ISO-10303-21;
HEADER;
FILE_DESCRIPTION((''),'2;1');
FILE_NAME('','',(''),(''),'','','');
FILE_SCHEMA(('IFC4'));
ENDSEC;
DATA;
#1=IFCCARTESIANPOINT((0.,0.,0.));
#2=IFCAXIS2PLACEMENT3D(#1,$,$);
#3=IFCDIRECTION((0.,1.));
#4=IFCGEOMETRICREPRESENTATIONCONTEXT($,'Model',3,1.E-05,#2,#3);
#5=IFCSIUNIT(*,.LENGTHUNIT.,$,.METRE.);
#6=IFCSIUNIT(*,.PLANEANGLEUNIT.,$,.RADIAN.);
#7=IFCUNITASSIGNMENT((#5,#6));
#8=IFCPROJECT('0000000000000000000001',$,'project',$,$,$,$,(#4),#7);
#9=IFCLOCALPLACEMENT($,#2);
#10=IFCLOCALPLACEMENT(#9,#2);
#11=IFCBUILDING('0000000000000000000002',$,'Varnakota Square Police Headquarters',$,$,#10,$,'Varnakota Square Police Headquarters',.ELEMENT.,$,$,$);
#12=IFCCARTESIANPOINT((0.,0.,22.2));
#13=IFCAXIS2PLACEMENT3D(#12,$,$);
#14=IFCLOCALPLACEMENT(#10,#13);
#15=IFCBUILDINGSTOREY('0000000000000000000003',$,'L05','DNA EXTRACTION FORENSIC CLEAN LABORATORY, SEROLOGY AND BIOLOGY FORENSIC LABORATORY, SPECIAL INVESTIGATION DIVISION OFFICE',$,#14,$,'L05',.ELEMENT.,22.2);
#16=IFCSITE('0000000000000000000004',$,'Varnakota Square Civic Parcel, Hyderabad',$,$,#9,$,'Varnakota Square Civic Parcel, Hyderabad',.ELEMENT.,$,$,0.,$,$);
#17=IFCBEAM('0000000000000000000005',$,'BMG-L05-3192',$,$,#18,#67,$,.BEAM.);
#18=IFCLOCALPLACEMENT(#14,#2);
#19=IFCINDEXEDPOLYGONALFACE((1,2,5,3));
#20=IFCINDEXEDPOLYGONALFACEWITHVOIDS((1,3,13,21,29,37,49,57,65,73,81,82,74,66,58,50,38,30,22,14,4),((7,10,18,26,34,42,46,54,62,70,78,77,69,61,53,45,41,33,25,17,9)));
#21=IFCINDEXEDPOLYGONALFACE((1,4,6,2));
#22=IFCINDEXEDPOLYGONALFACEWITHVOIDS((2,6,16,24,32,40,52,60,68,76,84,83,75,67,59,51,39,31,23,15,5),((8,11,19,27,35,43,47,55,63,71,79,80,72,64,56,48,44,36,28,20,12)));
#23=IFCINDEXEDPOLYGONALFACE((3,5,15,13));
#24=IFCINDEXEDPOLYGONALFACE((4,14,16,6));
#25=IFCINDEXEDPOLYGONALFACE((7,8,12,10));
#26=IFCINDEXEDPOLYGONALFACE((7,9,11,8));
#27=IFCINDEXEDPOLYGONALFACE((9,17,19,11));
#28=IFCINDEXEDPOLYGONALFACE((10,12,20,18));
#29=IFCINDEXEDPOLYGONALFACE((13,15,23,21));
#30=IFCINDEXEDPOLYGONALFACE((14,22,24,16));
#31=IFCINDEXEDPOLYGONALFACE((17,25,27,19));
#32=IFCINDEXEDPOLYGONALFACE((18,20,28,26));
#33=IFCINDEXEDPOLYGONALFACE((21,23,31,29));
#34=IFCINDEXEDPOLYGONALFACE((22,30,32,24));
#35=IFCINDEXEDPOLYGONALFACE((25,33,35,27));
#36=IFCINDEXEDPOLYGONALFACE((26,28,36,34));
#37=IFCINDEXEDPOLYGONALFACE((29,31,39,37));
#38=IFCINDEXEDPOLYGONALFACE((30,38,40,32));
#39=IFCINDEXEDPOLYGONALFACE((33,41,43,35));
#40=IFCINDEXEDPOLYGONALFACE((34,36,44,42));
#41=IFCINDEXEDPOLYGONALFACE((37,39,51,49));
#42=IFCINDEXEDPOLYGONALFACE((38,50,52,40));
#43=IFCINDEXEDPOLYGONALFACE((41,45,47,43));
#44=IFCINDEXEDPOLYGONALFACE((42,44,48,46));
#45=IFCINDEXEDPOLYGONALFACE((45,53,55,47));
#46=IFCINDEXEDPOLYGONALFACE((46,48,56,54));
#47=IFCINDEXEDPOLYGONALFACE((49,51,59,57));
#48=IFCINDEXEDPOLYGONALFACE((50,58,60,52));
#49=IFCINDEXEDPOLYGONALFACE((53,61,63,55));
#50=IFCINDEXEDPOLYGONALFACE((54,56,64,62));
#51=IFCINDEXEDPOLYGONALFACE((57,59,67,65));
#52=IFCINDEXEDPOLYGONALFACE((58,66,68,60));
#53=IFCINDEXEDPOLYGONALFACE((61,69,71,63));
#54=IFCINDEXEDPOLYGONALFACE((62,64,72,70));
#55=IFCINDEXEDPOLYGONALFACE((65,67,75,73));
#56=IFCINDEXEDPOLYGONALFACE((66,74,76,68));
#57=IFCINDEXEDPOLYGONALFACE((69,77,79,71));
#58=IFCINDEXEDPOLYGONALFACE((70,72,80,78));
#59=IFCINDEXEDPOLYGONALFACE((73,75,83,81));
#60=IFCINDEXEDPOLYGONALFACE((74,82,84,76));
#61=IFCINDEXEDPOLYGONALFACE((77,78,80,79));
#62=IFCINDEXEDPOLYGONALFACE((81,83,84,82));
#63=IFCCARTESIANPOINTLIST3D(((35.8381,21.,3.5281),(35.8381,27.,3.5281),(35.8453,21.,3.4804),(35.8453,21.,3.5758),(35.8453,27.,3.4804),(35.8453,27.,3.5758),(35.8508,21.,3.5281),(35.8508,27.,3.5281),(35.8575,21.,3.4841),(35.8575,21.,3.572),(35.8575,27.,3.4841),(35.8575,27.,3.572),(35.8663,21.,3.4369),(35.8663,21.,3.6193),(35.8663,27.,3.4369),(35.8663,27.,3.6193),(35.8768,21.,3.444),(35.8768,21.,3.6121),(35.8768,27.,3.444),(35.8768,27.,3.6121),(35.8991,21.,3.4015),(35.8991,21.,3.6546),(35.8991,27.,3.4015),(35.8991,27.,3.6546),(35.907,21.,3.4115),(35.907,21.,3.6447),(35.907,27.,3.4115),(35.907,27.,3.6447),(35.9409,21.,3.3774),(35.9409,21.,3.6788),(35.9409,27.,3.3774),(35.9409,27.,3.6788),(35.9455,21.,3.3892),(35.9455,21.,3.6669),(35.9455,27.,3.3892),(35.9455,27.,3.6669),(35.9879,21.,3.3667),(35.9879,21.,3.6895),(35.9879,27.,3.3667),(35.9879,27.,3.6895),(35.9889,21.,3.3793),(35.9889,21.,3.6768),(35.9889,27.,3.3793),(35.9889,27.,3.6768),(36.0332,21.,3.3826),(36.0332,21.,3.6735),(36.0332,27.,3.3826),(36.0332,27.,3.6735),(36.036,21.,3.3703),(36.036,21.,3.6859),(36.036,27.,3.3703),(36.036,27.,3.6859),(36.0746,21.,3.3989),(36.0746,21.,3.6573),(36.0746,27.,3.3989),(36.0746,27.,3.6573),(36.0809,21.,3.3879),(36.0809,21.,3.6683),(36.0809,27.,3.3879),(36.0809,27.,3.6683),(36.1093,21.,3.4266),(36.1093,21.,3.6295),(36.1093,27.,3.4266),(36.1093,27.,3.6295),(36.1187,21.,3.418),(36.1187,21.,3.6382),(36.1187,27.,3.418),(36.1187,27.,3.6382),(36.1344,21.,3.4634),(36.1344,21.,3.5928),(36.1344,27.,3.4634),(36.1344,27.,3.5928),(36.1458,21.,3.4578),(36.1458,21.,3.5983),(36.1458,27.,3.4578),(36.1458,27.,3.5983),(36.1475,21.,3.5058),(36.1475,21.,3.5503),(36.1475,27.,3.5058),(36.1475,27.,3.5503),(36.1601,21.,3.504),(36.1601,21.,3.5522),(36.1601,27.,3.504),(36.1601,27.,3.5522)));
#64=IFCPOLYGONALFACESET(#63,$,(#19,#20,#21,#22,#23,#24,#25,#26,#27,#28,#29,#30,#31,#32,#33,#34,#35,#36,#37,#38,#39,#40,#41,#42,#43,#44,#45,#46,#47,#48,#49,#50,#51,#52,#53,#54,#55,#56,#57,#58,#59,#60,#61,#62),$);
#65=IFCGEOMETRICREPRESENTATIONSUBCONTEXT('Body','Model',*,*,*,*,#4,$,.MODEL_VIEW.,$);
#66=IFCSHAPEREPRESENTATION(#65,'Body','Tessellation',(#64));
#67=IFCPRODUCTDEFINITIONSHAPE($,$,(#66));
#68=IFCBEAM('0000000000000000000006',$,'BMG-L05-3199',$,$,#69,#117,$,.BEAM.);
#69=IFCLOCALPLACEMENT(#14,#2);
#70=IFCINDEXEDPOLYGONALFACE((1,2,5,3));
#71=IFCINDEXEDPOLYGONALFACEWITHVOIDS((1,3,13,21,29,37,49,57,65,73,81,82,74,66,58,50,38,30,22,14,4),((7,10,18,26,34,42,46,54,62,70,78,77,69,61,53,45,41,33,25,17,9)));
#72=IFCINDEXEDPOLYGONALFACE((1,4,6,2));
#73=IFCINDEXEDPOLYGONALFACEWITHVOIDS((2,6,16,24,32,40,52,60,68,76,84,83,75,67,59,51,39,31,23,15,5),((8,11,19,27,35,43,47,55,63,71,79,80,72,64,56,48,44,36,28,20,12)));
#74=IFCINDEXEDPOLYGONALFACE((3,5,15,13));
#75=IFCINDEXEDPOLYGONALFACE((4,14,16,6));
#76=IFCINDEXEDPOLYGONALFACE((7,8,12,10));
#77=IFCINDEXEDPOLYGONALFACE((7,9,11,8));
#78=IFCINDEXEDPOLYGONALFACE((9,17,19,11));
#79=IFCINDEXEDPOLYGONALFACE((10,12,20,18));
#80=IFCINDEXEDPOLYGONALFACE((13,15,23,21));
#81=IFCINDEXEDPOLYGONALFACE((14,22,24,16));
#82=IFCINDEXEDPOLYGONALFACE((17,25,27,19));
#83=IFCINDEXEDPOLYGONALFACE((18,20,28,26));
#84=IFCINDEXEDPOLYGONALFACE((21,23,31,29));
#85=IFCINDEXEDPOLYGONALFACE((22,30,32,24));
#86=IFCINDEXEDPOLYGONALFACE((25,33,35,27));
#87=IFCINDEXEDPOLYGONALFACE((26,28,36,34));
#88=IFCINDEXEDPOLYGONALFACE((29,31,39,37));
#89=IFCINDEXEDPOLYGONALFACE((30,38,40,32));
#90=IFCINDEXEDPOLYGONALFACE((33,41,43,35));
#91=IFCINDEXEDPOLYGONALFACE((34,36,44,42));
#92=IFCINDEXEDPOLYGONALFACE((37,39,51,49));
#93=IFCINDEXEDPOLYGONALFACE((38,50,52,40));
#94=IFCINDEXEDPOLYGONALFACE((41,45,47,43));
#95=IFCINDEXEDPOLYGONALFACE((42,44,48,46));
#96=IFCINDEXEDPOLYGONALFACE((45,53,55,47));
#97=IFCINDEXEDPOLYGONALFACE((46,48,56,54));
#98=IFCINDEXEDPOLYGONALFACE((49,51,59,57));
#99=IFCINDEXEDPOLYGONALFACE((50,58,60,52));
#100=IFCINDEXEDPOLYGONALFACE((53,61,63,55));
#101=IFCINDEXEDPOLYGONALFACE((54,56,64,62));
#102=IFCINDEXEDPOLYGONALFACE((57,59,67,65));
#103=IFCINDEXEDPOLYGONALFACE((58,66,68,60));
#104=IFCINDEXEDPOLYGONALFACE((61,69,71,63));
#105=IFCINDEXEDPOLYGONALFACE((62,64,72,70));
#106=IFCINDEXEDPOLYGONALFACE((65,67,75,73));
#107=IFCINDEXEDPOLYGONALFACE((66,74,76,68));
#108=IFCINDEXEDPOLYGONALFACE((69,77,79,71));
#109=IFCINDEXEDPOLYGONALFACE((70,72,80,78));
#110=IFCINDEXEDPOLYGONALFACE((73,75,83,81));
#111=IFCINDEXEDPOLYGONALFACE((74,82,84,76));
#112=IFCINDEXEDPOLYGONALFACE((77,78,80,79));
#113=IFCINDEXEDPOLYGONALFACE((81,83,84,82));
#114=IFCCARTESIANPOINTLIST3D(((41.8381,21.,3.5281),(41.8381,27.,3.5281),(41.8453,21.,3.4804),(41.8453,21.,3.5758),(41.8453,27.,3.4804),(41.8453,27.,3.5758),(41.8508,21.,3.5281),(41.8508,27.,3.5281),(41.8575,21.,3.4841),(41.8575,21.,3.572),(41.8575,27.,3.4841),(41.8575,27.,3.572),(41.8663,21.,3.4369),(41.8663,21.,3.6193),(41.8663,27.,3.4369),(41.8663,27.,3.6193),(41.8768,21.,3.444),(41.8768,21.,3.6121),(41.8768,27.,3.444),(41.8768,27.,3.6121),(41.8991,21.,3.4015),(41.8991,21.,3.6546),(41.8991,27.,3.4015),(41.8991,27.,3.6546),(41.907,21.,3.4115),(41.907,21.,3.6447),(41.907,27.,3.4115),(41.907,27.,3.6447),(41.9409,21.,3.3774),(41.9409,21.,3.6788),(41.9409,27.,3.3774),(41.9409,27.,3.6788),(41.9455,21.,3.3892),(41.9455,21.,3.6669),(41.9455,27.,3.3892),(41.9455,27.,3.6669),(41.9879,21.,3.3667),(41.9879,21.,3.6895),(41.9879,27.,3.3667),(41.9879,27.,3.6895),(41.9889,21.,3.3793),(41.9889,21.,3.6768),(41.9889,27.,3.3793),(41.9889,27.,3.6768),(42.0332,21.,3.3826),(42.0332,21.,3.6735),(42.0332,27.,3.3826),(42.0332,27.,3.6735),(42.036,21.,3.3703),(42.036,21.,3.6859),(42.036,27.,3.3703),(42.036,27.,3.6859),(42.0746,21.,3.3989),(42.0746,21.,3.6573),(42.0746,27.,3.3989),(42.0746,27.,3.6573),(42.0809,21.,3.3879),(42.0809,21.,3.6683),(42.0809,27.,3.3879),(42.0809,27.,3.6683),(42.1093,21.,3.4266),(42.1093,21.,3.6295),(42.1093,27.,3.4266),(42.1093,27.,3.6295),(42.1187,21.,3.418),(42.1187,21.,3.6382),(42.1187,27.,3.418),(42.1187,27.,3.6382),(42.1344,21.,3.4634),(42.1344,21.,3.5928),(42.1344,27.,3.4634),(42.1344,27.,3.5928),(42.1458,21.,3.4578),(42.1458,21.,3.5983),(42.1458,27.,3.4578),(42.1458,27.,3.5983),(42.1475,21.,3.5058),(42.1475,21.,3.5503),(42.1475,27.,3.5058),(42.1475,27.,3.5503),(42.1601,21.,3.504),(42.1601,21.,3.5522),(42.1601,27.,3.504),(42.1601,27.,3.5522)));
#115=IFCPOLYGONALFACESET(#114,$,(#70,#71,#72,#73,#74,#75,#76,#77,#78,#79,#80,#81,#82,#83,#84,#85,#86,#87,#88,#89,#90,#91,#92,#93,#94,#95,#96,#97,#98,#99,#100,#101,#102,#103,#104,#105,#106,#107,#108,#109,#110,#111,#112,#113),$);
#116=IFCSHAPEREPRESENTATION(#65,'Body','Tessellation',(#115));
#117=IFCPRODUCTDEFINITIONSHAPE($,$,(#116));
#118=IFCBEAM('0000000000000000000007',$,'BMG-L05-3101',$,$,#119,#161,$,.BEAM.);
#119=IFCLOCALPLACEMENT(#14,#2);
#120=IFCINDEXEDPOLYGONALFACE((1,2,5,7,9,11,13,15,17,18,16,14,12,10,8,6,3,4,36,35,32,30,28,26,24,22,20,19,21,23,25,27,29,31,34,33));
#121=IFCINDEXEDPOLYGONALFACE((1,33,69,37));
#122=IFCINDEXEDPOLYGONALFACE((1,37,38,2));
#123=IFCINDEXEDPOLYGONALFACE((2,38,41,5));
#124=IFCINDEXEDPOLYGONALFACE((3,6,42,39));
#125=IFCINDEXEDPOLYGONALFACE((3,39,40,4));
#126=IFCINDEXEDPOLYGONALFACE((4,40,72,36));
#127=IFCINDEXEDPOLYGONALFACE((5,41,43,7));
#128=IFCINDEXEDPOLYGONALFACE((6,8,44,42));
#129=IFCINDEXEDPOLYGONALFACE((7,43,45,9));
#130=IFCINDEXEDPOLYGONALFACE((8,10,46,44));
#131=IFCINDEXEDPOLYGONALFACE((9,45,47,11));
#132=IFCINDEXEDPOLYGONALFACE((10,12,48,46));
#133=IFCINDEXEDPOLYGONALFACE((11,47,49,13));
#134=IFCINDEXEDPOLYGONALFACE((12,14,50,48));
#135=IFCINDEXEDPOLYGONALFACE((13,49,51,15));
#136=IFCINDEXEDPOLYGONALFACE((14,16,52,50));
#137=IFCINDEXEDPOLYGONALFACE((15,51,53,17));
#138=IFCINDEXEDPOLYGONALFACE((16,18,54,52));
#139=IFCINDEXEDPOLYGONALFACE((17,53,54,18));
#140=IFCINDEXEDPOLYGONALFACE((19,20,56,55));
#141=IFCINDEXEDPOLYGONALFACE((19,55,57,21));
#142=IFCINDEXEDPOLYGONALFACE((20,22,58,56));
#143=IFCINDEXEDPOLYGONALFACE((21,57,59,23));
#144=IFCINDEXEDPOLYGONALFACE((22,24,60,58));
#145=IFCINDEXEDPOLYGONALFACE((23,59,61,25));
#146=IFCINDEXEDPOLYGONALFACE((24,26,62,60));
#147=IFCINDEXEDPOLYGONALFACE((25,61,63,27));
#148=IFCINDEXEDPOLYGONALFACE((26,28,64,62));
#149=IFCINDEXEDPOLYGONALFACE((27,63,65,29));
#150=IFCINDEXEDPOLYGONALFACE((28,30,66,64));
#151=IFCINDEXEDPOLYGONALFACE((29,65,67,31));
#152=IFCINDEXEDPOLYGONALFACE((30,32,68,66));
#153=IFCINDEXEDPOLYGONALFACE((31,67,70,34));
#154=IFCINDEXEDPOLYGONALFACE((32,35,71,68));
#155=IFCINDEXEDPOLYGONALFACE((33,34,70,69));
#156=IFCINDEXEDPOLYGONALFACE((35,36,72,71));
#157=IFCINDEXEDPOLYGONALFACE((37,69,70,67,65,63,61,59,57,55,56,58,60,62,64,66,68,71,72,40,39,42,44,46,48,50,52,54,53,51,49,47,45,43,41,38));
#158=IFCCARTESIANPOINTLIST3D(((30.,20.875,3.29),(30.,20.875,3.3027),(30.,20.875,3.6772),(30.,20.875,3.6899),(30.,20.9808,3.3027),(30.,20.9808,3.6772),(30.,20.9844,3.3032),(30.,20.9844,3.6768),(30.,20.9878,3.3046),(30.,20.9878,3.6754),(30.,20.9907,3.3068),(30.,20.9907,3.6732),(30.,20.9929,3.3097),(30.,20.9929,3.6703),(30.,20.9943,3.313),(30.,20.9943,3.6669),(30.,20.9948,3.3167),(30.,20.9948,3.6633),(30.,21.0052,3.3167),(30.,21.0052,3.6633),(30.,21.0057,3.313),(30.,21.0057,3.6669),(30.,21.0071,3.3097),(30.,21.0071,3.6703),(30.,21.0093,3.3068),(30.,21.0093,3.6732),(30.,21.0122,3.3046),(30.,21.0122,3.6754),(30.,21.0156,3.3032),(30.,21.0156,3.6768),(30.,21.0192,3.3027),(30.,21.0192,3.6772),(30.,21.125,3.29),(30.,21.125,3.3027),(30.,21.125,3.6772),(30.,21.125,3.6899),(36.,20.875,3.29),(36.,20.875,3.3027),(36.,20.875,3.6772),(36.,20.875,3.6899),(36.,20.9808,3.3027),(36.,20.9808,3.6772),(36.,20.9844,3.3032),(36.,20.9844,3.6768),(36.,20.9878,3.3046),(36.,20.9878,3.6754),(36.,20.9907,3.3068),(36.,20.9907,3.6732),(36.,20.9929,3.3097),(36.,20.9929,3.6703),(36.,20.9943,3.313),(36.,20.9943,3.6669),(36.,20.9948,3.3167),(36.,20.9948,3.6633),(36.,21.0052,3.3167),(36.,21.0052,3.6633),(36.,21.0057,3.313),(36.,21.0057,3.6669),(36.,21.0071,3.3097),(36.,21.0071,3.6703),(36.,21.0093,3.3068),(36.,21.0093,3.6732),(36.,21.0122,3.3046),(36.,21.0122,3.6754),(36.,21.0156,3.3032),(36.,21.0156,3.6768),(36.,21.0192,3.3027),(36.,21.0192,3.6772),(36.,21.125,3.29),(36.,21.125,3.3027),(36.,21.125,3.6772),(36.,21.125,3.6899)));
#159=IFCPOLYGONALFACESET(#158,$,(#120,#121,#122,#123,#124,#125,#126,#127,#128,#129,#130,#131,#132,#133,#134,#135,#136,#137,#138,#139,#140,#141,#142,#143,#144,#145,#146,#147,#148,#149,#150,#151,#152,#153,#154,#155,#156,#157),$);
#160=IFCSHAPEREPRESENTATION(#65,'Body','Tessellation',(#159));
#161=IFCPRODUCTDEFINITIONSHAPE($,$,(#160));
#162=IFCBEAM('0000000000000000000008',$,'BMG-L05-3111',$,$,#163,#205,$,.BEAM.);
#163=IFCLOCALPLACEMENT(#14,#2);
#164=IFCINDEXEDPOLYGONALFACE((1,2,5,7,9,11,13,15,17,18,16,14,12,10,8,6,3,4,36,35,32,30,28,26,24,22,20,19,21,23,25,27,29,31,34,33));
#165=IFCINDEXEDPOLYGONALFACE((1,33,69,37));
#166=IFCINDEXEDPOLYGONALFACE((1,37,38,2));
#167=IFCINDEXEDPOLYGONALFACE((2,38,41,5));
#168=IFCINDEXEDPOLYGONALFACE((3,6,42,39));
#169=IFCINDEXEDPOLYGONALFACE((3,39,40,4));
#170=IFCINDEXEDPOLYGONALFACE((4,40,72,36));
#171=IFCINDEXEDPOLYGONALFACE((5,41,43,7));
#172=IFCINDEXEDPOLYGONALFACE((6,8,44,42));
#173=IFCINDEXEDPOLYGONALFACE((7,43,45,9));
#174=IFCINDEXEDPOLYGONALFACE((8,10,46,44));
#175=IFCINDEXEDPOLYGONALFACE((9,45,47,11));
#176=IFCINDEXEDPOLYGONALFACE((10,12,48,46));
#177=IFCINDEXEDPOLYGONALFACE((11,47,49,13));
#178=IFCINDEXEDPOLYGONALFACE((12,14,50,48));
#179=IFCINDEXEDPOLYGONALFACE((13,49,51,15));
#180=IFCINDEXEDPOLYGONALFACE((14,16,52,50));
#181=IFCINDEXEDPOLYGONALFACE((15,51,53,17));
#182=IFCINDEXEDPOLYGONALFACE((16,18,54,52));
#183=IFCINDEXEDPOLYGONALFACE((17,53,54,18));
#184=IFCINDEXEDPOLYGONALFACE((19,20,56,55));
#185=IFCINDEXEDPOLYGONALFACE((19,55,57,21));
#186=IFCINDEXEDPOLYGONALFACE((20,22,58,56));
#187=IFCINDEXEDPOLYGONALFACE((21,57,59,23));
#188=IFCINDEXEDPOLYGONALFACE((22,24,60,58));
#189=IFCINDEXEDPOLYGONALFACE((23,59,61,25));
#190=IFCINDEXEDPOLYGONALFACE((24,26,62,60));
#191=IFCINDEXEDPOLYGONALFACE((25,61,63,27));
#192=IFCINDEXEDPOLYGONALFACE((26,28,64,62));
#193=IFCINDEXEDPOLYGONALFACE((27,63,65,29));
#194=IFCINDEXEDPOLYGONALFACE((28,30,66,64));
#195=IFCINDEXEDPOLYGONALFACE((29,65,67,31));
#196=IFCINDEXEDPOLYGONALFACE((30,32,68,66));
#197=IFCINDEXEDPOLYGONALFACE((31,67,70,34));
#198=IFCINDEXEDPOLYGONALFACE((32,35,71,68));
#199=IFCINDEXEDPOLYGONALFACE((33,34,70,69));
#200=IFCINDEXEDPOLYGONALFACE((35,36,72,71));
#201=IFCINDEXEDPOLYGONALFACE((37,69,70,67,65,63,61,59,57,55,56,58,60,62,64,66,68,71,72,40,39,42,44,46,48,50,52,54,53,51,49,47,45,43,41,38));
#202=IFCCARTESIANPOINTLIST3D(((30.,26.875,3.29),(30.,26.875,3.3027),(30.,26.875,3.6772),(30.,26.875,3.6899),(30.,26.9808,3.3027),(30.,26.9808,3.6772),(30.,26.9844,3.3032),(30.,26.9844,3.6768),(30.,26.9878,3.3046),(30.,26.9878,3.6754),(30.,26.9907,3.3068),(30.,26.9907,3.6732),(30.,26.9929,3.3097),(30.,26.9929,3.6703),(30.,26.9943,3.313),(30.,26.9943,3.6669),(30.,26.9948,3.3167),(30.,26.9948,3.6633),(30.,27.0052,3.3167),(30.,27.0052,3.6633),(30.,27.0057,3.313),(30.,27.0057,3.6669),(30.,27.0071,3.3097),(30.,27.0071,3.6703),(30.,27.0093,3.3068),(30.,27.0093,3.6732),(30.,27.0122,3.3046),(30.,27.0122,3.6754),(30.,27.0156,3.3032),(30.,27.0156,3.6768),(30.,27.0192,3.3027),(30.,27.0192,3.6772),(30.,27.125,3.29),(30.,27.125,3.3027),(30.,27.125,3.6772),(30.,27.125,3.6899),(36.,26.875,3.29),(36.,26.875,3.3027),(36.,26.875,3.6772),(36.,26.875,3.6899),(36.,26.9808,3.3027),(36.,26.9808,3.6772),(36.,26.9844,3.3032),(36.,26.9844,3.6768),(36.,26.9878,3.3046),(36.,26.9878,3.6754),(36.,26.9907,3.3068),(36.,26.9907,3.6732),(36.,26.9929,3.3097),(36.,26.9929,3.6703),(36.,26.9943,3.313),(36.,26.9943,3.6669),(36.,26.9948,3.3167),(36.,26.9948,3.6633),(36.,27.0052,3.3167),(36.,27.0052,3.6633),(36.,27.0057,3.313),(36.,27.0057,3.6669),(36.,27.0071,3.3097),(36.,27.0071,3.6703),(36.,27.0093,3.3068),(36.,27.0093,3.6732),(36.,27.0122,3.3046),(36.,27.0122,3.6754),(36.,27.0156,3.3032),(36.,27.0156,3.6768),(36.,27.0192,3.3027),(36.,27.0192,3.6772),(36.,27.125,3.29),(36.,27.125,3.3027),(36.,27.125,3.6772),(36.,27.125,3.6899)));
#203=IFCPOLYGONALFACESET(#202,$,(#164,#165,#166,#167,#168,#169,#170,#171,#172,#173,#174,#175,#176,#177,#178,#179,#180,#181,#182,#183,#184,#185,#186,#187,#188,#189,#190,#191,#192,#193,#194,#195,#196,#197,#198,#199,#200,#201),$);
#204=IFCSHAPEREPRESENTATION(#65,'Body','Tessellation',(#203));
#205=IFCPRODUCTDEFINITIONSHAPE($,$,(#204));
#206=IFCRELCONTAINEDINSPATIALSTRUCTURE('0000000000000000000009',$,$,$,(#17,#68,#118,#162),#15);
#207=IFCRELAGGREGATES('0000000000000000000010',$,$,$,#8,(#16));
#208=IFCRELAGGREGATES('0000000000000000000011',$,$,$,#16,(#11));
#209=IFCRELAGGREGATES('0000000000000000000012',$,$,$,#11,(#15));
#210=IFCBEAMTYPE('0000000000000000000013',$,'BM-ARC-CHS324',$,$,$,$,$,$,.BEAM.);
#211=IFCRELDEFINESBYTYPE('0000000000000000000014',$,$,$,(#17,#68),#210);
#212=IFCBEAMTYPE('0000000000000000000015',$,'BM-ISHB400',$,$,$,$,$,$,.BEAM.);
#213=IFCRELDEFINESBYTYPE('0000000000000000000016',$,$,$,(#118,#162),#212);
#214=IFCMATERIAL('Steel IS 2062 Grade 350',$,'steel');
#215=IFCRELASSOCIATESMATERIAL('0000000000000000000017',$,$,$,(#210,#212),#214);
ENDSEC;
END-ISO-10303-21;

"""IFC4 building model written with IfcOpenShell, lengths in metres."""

from ifc_helpers import new_model, si_unit, direction, frame, origin, origin_2d, place, context, subcontext, project, spatial, hollow_circle, i_section, extrude, material, material_profile, profile_set, type_object, element, save


model = new_model("IFC4")

# Units and contexts
model_context = context("Model", 3, precision=1e-05, world=origin(), true_north=direction((0.0, 1.0)))
body_context = subcontext(model_context, "Body", "Model", "MODEL_VIEW")
ifc_project = project(units=[si_unit("LENGTHUNIT", "METRE"), si_unit("PLANEANGLEUNIT", "RADIAN")], contexts=[model_context])

# Site, building, storey
site_placement = place(None, origin())
site = spatial("IfcSite", under=ifc_project, at=site_placement, Name="Varnakota Square Civic Parcel, Hyderabad", LongName="Varnakota Square Civic Parcel, Hyderabad", CompositionType="ELEMENT", RefElevation=0.0)
building_placement = place(site_placement, origin())
building = spatial("IfcBuilding", under=site, at=building_placement, Name="Varnakota Square Police Headquarters", LongName="Varnakota Square Police Headquarters", CompositionType="ELEMENT")
storey_placement = place(building_placement, frame((0.0, 0.0, 22.2)))
storey = spatial("IfcBuildingStorey", under=building, at=storey_placement, Name="L05", Description="DNA EXTRACTION FORENSIC CLEAN LABORATORY, SEROLOGY AND BIOLOGY FORENSIC LABORATORY, SPECIAL INVESTIGATION DIVISION OFFICE", LongName="L05", CompositionType="ELEMENT", Elevation=22.2)

# Shared definitions
ifc_material_1 = material(Name="Steel IS 2062 Grade 350", Category="steel")

# Beams
ifc_material_profile_1 = material_profile(ifc_material_1, hollow_circle(Radius=0.1619, WallThickness=0.0127, at=origin_2d()), Name="CHS 323.9x12.7")
ifc_profile_set_1 = profile_set([ifc_material_profile_1], Name="Steel IS 2062 Grade 350")
beam_type_1 = type_object("IfcBeamType", Name="BM-ARC-CHS324", PredefinedType="BEAM", material=ifc_profile_set_1)
for number, where, z_axis, x_axis, name in (
    (1, (36.0, 21.0, 3.5281), (0.0, 1.0, 0.0), (-1.0, 0.0, 0.0), "BMG-L05-3192"),
    (2, (42.0, 21.0, 3.5281), (0.0, 1.0, 0.0), (-1.0, 0.0, 0.0), "BMG-L05-3199"),
):
    element("IfcBeam", number, at=place(storey_placement, frame(where, z_axis=z_axis, x_axis=x_axis)), inside=storey, type_object=beam_type_1, Name=name, PredefinedType="BEAM", context=body_context, shape_type="SweptSolid", body=[
        extrude(hollow_circle(Radius=0.1619, WallThickness=0.0127, at=origin_2d()), origin(), (0.0, 0.0, 1.0), 6.0),
    ])
ifc_material_profile_2 = material_profile(ifc_material_1, i_section(OverallWidth=0.25, OverallDepth=0.3999, WebThickness=0.0105, FlangeThickness=0.0127, FilletRadius=0.0139, at=origin_2d()), Name="ISHB 400")
ifc_profile_set_2 = profile_set([ifc_material_profile_2], Name="Steel IS 2062 Grade 350")
beam_type_2 = type_object("IfcBeamType", Name="BM-ISHB400", PredefinedType="BEAM", material=ifc_profile_set_2)
for number, where, z_axis, x_axis, name in (
    (3, (30.0, 21.0, 3.49), (1.0, 0.0, 0.0), (0.0, 1.0, 0.0), "BMG-L05-3101"),
    (4, (30.0, 27.0, 3.49), (1.0, 0.0, 0.0), (0.0, 1.0, 0.0), "BMG-L05-3111"),
):
    element("IfcBeam", number, at=place(storey_placement, frame(where, z_axis=z_axis, x_axis=x_axis)), inside=storey, type_object=beam_type_2, Name=name, PredefinedType="BEAM", context=body_context, shape_type="SweptSolid", body=[
        extrude(i_section(OverallWidth=0.25, OverallDepth=0.3999, WebThickness=0.0105, FlangeThickness=0.0127, FilletRadius=0.0139, at=origin_2d()), origin(), (0.0, 0.0, 1.0), 6.0),
    ])

save(model, "model.ifc")
